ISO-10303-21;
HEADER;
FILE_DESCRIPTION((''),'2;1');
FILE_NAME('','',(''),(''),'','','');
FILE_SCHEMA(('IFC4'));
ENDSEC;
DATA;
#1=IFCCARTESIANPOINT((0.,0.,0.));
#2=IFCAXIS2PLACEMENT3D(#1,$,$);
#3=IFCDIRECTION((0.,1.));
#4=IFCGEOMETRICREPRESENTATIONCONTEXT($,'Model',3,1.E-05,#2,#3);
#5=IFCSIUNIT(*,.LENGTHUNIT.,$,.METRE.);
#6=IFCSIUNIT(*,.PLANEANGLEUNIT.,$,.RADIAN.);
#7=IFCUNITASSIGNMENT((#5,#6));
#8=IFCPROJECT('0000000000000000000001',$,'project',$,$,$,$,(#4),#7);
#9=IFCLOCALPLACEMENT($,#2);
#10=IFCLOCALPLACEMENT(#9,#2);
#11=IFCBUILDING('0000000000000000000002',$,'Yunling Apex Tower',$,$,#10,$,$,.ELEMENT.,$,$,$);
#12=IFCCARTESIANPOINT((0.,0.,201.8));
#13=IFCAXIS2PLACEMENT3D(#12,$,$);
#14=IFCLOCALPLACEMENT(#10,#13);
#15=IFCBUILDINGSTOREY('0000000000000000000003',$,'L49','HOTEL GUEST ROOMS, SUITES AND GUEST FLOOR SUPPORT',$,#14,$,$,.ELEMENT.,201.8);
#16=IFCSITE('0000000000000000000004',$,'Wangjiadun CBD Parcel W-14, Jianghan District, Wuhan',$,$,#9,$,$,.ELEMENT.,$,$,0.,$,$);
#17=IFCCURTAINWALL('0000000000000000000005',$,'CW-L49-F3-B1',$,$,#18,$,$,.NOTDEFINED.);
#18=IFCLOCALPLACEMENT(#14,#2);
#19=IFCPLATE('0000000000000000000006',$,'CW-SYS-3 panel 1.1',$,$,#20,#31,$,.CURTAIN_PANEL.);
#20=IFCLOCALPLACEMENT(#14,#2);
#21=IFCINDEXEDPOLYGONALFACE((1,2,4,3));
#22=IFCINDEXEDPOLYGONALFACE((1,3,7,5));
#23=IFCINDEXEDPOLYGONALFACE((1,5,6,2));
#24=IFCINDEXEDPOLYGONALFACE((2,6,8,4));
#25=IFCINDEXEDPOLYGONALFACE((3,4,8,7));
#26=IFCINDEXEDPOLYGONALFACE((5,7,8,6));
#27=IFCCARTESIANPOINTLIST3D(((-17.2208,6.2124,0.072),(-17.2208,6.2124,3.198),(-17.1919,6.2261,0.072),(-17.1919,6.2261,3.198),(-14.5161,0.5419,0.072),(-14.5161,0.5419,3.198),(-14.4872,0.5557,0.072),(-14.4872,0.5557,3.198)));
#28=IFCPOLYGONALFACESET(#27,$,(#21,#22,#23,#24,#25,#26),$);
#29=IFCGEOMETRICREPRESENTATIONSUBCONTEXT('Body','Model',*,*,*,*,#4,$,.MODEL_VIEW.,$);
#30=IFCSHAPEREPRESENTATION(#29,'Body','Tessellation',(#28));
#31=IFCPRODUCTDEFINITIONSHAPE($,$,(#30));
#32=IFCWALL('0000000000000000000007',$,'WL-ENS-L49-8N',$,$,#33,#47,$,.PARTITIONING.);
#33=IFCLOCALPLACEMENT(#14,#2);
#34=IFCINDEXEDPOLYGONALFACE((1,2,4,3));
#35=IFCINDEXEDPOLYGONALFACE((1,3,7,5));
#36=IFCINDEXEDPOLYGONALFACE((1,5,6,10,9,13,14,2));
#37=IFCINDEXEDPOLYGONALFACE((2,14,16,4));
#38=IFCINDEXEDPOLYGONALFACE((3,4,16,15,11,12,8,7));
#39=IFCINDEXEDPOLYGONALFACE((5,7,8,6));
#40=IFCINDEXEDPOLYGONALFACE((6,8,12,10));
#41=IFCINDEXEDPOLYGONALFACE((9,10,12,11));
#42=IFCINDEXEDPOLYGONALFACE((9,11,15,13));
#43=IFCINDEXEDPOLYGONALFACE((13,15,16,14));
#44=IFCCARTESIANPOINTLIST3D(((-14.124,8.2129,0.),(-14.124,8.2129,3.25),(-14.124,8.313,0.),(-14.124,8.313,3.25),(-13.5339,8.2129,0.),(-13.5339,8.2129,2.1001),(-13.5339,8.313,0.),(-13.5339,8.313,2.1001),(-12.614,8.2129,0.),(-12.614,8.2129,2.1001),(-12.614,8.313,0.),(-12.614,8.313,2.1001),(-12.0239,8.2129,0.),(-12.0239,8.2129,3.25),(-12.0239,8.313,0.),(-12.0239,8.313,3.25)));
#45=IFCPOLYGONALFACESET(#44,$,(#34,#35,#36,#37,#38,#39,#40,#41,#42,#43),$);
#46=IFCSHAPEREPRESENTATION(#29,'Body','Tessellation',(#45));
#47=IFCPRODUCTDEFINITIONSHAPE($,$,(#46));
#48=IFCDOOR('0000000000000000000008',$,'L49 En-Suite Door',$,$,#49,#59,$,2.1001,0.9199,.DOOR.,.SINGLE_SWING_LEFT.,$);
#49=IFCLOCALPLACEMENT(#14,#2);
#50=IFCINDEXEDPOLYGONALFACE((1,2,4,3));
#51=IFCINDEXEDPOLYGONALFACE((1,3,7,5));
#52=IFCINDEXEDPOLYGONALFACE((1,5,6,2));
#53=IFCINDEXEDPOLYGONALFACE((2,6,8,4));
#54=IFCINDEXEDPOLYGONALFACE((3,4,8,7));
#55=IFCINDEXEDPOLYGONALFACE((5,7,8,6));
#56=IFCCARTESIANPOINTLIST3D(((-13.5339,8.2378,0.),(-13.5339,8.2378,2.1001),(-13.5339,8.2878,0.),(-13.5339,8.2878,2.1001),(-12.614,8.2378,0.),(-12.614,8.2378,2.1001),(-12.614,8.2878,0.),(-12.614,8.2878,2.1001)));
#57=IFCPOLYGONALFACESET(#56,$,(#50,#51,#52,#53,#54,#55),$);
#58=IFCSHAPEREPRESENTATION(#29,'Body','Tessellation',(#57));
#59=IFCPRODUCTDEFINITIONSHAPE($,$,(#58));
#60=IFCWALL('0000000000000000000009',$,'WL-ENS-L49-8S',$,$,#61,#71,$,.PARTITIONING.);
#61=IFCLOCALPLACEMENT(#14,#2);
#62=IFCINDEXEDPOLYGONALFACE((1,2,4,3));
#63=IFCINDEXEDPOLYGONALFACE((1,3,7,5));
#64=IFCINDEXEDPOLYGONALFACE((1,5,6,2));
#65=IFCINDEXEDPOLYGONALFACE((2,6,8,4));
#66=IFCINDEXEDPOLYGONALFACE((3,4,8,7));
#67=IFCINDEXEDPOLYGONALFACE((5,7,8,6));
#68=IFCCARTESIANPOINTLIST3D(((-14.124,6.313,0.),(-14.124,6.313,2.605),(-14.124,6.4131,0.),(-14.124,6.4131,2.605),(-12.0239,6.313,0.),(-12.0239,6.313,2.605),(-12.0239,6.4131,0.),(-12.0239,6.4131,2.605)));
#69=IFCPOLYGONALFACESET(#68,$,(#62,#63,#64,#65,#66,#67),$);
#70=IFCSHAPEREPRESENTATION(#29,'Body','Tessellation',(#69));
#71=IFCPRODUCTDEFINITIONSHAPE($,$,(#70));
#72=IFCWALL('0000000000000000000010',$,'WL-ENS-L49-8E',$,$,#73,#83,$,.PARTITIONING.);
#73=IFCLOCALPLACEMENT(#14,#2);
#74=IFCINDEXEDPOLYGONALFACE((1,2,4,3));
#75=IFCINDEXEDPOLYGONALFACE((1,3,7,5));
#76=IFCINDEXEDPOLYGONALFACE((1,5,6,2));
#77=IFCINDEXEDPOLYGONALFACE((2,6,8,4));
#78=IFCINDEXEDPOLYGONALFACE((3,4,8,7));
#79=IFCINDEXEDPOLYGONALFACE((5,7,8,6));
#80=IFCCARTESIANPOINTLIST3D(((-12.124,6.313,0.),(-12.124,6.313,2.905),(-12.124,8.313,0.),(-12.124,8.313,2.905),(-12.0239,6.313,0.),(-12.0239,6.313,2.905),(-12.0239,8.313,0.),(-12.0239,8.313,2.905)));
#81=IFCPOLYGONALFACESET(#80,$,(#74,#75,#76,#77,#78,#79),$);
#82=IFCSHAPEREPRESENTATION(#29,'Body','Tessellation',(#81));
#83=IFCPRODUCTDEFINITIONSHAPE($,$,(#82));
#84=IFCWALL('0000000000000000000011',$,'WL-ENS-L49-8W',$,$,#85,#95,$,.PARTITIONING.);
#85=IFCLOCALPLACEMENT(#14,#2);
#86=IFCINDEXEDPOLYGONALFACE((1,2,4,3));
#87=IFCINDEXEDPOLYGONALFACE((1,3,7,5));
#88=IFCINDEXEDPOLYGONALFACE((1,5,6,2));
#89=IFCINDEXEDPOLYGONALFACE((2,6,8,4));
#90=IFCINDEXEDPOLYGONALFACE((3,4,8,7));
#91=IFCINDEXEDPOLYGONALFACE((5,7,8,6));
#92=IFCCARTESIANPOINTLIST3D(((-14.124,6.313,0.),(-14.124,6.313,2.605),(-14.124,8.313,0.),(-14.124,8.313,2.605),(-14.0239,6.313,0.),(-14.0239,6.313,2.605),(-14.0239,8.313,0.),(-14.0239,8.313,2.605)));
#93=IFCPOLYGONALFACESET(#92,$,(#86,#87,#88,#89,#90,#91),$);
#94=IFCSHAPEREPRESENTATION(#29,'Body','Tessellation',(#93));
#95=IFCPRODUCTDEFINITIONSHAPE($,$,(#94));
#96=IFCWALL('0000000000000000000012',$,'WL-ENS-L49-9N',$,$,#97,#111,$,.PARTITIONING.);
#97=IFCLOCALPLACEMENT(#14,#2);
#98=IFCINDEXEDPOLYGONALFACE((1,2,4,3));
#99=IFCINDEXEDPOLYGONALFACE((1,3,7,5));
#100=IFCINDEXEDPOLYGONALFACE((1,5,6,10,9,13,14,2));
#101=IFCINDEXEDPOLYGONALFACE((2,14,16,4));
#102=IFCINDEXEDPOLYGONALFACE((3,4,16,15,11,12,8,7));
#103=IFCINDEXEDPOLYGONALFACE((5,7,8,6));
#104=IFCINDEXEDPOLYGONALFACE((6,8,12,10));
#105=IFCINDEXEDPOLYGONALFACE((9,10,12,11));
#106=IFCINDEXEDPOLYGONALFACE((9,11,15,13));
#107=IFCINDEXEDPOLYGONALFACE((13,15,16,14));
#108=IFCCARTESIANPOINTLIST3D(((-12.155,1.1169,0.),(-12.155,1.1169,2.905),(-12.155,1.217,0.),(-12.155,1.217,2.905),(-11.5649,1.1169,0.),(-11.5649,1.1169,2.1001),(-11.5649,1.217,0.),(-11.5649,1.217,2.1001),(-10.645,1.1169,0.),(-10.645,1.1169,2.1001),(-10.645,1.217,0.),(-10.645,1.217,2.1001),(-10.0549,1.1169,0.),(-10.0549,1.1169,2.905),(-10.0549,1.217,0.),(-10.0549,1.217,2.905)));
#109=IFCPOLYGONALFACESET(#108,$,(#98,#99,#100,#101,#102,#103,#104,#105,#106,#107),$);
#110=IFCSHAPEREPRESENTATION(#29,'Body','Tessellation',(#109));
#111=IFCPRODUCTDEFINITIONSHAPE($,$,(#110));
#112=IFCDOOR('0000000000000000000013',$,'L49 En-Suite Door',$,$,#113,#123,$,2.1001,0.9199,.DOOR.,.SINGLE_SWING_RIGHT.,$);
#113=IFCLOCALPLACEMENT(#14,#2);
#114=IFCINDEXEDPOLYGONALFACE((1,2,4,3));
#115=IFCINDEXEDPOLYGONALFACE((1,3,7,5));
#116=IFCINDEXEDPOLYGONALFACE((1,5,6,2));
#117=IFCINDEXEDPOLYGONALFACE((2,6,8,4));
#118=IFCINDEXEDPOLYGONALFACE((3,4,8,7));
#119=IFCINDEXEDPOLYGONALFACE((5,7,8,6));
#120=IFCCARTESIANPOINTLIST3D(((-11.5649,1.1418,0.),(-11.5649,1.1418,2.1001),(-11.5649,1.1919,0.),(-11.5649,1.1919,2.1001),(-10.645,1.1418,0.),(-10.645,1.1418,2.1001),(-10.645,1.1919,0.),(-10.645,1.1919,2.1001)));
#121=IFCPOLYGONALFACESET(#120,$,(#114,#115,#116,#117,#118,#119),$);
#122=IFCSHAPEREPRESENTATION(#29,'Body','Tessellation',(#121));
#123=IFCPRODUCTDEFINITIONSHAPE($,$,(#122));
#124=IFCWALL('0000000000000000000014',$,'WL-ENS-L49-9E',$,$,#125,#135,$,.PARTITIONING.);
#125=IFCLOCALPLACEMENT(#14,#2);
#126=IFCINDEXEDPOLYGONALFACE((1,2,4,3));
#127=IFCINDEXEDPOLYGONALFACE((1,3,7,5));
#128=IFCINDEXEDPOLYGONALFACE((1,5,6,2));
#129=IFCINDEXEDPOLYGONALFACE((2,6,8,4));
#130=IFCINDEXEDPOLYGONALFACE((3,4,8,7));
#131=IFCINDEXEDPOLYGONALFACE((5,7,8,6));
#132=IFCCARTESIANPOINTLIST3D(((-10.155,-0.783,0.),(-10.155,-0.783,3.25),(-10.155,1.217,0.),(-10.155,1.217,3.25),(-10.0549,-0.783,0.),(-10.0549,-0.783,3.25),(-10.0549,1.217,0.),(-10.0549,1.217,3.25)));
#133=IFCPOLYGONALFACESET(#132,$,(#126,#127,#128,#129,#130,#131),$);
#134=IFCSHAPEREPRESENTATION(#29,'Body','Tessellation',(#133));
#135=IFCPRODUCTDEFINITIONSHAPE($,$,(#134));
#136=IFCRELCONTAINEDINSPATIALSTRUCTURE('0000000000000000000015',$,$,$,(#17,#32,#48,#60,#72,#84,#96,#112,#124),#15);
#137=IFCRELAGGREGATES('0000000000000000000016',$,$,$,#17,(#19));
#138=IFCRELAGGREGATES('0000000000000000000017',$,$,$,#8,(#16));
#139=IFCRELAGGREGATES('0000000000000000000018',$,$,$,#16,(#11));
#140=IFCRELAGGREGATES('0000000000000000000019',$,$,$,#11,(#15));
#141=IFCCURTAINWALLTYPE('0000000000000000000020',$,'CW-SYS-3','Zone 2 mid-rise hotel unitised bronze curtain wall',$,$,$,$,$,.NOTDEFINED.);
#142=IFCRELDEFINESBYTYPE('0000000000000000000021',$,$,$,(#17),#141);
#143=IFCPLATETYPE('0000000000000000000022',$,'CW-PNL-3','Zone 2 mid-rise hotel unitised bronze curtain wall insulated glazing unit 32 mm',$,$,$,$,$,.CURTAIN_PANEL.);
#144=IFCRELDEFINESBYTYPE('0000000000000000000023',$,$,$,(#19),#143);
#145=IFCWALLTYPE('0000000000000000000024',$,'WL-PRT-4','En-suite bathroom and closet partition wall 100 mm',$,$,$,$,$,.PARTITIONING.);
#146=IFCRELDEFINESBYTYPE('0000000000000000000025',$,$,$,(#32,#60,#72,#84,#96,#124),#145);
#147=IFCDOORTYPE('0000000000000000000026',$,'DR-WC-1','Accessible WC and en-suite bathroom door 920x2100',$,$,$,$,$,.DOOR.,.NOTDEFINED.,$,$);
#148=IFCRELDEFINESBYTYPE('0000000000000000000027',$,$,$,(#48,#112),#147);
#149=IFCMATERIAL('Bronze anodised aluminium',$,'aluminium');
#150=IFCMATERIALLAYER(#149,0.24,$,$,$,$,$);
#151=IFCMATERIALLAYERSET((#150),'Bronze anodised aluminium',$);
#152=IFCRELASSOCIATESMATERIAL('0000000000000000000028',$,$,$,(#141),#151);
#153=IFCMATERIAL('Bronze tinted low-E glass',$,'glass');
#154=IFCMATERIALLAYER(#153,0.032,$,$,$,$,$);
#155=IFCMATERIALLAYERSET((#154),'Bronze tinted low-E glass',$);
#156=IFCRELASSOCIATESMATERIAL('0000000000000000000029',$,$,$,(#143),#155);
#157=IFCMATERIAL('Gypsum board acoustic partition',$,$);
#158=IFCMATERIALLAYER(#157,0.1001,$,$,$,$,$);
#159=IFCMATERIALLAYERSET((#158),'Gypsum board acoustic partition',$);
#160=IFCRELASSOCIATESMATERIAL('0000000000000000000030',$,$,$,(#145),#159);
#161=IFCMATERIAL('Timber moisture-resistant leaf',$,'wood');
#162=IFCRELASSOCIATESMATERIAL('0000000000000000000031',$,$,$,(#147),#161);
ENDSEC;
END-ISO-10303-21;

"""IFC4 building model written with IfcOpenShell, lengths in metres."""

from ifc_helpers import new_model, si_unit, direction, frame, frame_2d, origin, origin_2d, place, context, subcontext, project, spatial, rectangle, extrude, source, transform, mapped, material, layer, layer_set, type_object, element, fill, aggregate, save


model = new_model("IFC4")

# Units and contexts
model_context = context("Model", 3, precision=1e-05, world=origin(), true_north=direction((0.0, 1.0)))
body_context = subcontext(model_context, "Body", "Model", "MODEL_VIEW")
ifc_project = project(units=[si_unit("LENGTHUNIT", "METRE"), si_unit("PLANEANGLEUNIT", "RADIAN")], contexts=[model_context])

# Site, building, storey
site_placement = place(None, origin())
site = spatial("IfcSite", under=ifc_project, at=site_placement, Name="Wangjiadun CBD Parcel W-14, Jianghan District, Wuhan", CompositionType="ELEMENT", RefElevation=0.0)
building_placement = place(site_placement, origin())
building = spatial("IfcBuilding", under=site, at=building_placement, Name="Yunling Apex Tower", CompositionType="ELEMENT")
storey_placement = place(building_placement, frame((0.0, 0.0, 201.8)))
storey = spatial("IfcBuildingStorey", under=building, at=storey_placement, Name="L49", Description="HOTEL GUEST ROOMS, SUITES AND GUEST FLOOR SUPPORT", CompositionType="ELEMENT", Elevation=201.8)

# Shared definitions
ifc_material_1 = material(Name="Bronze anodised aluminium", Category="aluminium")
ifc_layer_1 = layer(ifc_material_1, 0.24)
ifc_layer_set_1 = layer_set([ifc_layer_1], Name="Bronze anodised aluminium")
curtain_wall_type = type_object("IfcCurtainWallType", Name="CW-SYS-3", Description="Zone 2 mid-rise hotel unitised bronze curtain wall", PredefinedType="NOTDEFINED", material=ifc_layer_set_1)

# Curtain wall
curtain_wall_1_placement = place(storey_placement, origin())
curtain_wall_1 = element("IfcCurtainWall", 1, at=curtain_wall_1_placement, inside=storey, type_object=curtain_wall_type, Name="CW-L49-F3-B1", PredefinedType="NOTDEFINED")

# Plate
ifc_material_2 = material(Name="Bronze tinted low-E glass", Category="glass")
ifc_layer_2 = layer(ifc_material_2, 0.032)
ifc_layer_set_2 = layer_set([ifc_layer_2], Name="Bronze tinted low-E glass")
plate_type = type_object("IfcPlateType", Name="CW-PNL-3", Description="Zone 2 mid-rise hotel unitised bronze curtain wall insulated glazing unit 32 mm", PredefinedType="CURTAIN_PANEL", material=ifc_layer_set_2)
shared_shape_1 = source(origin(), body_context, "Body", "SweptSolid", [
    extrude(rectangle(XDim=6.2825, YDim=0.032, at=origin_2d()), origin(), (0.0, 0.0, 1.0), 3.126),
])
plate_1_placement = place(storey_placement, frame((-15.854, 3.384, 0.072), z_axis=(0.0, 0.0, 1.0), x_axis=(0.430518, -0.902582, 0.0)))
plate_1 = element("IfcPlate", 2, at=plate_1_placement, type_object=plate_type, Name="CW-SYS-3 panel 1.1", PredefinedType="CURTAIN_PANEL", context=body_context, shape_type="MappedRepresentation", body=[
    mapped(shared_shape_1, transform((0.0, 0.0, 0.0), scale=1.0)),
])
aggregate(curtain_wall_1, [plate_1])

# Wall, opening, door
ifc_material_3 = material(Name="Gypsum board acoustic partition")
ifc_layer_3 = layer(ifc_material_3, 0.1001)
ifc_layer_set_3 = layer_set([ifc_layer_3], Name="Gypsum board acoustic partition")
wall_type = type_object("IfcWallType", Name="WL-PRT-4", Description="En-suite bathroom and closet partition wall 100 mm", PredefinedType="PARTITIONING", material=ifc_layer_set_3)
wall_1_placement = place(storey_placement, frame((-14.124, 8.2629, 0.0), z_axis=(0.0, 0.0, 1.0), x_axis=(1.0, 0.0, 0.0)))
wall_1 = element("IfcWall", 3, at=wall_1_placement, inside=storey, type_object=wall_type, Name="WL-ENS-L49-8N", PredefinedType="PARTITIONING", context=body_context, shape_type="SweptSolid", body=[
    extrude(rectangle(XDim=2.1001, YDim=0.1001, at=frame_2d((1.05, 0.0))), origin(), (0.0, 0.0, 1.0), 3.25),
])
opening_1_placement = place(wall_1_placement, frame((0.5901, 0.0, 0.0)))
opening_1 = element("IfcOpeningElement", 4, at=opening_1_placement, cuts=wall_1, PredefinedType="OPENING", context=body_context, shape_type="SweptSolid", body=[
    extrude(rectangle(XDim=0.9199, YDim=2.1001, at=frame_2d((0.46, 1.05))), frame((0.0, 0.0601, 0.0), z_axis=(0.0, -1.0, 0.0), x_axis=(1.0, 0.0, 0.0)), (0.0, 0.0, 1.0), 0.1201),
])
ifc_material_4 = material(Name="Timber moisture-resistant leaf", Category="wood")
door_type = type_object("IfcDoorType", Name="DR-WC-1", Description="Accessible WC and en-suite bathroom door 920x2100", OperationType="NOTDEFINED", PredefinedType="DOOR", material=ifc_material_4)
door_1_placement = place(opening_1_placement, origin())
door_1 = element("IfcDoor", 5, at=door_1_placement, inside=storey, type_object=door_type, Name="L49 En-Suite Door", OperationType="SINGLE_SWING_LEFT", OverallHeight=2.1001, OverallWidth=0.9199, PredefinedType="DOOR", context=body_context, shape_type="SweptSolid", body=[
    extrude(rectangle(XDim=0.9199, YDim=2.1001, at=frame_2d((0.46, 1.05))), frame((0.0, 0.0249, 0.0), z_axis=(0.0, -1.0, 0.0), x_axis=(1.0, 0.0, 0.0)), (0.0, 0.0, 1.0), 0.05),
])
fill(opening_1, door_1)

# Walls
wall_2_placement = place(storey_placement, frame((-12.0239, 6.363, 0.0), z_axis=(0.0, 0.0, 1.0), x_axis=(-1.0, 0.0, 0.0)))
element("IfcWall", 6, at=wall_2_placement, inside=storey, type_object=wall_type, Name="WL-ENS-L49-8S", PredefinedType="PARTITIONING", context=body_context, shape_type="SweptSolid", body=[
    extrude(rectangle(XDim=2.1001, YDim=0.1001, at=frame_2d((1.05, 0.0))), origin(), (0.0, 0.0, 1.0), 2.605),
])
wall_3_placement = place(storey_placement, frame((-12.074, 8.313, 0.0), z_axis=(0.0, 0.0, 1.0), x_axis=(0.0, -1.0, 0.0)))
element("IfcWall", 7, at=wall_3_placement, inside=storey, type_object=wall_type, Name="WL-ENS-L49-8E", PredefinedType="PARTITIONING", context=body_context, shape_type="SweptSolid", body=[
    extrude(rectangle(XDim=2.0, YDim=0.1001, at=frame_2d((1.0, 0.0))), origin(), (0.0, 0.0, 1.0), 2.905),
])
wall_4_placement = place(storey_placement, frame((-14.074, 6.313, 0.0), z_axis=(0.0, 0.0, 1.0), x_axis=(0.0, 1.0, 0.0)))
element("IfcWall", 8, at=wall_4_placement, inside=storey, type_object=wall_type, Name="WL-ENS-L49-8W", PredefinedType="PARTITIONING", context=body_context, shape_type="SweptSolid", body=[
    extrude(rectangle(XDim=2.0, YDim=0.1001, at=frame_2d((1.0, 0.0))), origin(), (0.0, 0.0, 1.0), 2.605),
])

# Wall, opening, door
wall_5_placement = place(storey_placement, frame((-12.155, 1.167, 0.0), z_axis=(0.0, 0.0, 1.0), x_axis=(1.0, 0.0, 0.0)))
wall_5 = element("IfcWall", 9, at=wall_5_placement, inside=storey, type_object=wall_type, Name="WL-ENS-L49-9N", PredefinedType="PARTITIONING", context=body_context, shape_type="SweptSolid", body=[
    extrude(rectangle(XDim=2.1001, YDim=0.1001, at=frame_2d((1.05, 0.0))), origin(), (0.0, 0.0, 1.0), 2.905),
])
opening_2_placement = place(wall_5_placement, frame((0.5901, 0.0, 0.0)))
opening_2 = element("IfcOpeningElement", 10, at=opening_2_placement, cuts=wall_5, PredefinedType="OPENING", context=body_context, shape_type="SweptSolid", body=[
    extrude(rectangle(XDim=0.9199, YDim=2.1001, at=frame_2d((0.46, 1.05))), frame((0.0, 0.0601, 0.0), z_axis=(0.0, -1.0, 0.0), x_axis=(1.0, 0.0, 0.0)), (0.0, 0.0, 1.0), 0.1201),
])
door_2_placement = place(opening_2_placement, origin())
door_2 = element("IfcDoor", 11, at=door_2_placement, inside=storey, type_object=door_type, Name="L49 En-Suite Door", OperationType="SINGLE_SWING_RIGHT", OverallHeight=2.1001, OverallWidth=0.9199, PredefinedType="DOOR", context=body_context, shape_type="SweptSolid", body=[
    extrude(rectangle(XDim=0.9199, YDim=2.1001, at=frame_2d((0.46, 1.05))), frame((0.0, 0.0249, 0.0), z_axis=(0.0, -1.0, 0.0), x_axis=(1.0, 0.0, 0.0)), (0.0, 0.0, 1.0), 0.05),
])
fill(opening_2, door_2)

# Wall
wall_6_placement = place(storey_placement, frame((-10.105, 1.217, 0.0), z_axis=(0.0, 0.0, 1.0), x_axis=(0.0, -1.0, 0.0)))
element("IfcWall", 12, at=wall_6_placement, inside=storey, type_object=wall_type, Name="WL-ENS-L49-9E", PredefinedType="PARTITIONING", context=body_context, shape_type="SweptSolid", body=[
    extrude(rectangle(XDim=2.0, YDim=0.1001, at=frame_2d((1.0, 0.0))), origin(), (0.0, 0.0, 1.0), 3.25),
])

save(model, "model.ifc")
